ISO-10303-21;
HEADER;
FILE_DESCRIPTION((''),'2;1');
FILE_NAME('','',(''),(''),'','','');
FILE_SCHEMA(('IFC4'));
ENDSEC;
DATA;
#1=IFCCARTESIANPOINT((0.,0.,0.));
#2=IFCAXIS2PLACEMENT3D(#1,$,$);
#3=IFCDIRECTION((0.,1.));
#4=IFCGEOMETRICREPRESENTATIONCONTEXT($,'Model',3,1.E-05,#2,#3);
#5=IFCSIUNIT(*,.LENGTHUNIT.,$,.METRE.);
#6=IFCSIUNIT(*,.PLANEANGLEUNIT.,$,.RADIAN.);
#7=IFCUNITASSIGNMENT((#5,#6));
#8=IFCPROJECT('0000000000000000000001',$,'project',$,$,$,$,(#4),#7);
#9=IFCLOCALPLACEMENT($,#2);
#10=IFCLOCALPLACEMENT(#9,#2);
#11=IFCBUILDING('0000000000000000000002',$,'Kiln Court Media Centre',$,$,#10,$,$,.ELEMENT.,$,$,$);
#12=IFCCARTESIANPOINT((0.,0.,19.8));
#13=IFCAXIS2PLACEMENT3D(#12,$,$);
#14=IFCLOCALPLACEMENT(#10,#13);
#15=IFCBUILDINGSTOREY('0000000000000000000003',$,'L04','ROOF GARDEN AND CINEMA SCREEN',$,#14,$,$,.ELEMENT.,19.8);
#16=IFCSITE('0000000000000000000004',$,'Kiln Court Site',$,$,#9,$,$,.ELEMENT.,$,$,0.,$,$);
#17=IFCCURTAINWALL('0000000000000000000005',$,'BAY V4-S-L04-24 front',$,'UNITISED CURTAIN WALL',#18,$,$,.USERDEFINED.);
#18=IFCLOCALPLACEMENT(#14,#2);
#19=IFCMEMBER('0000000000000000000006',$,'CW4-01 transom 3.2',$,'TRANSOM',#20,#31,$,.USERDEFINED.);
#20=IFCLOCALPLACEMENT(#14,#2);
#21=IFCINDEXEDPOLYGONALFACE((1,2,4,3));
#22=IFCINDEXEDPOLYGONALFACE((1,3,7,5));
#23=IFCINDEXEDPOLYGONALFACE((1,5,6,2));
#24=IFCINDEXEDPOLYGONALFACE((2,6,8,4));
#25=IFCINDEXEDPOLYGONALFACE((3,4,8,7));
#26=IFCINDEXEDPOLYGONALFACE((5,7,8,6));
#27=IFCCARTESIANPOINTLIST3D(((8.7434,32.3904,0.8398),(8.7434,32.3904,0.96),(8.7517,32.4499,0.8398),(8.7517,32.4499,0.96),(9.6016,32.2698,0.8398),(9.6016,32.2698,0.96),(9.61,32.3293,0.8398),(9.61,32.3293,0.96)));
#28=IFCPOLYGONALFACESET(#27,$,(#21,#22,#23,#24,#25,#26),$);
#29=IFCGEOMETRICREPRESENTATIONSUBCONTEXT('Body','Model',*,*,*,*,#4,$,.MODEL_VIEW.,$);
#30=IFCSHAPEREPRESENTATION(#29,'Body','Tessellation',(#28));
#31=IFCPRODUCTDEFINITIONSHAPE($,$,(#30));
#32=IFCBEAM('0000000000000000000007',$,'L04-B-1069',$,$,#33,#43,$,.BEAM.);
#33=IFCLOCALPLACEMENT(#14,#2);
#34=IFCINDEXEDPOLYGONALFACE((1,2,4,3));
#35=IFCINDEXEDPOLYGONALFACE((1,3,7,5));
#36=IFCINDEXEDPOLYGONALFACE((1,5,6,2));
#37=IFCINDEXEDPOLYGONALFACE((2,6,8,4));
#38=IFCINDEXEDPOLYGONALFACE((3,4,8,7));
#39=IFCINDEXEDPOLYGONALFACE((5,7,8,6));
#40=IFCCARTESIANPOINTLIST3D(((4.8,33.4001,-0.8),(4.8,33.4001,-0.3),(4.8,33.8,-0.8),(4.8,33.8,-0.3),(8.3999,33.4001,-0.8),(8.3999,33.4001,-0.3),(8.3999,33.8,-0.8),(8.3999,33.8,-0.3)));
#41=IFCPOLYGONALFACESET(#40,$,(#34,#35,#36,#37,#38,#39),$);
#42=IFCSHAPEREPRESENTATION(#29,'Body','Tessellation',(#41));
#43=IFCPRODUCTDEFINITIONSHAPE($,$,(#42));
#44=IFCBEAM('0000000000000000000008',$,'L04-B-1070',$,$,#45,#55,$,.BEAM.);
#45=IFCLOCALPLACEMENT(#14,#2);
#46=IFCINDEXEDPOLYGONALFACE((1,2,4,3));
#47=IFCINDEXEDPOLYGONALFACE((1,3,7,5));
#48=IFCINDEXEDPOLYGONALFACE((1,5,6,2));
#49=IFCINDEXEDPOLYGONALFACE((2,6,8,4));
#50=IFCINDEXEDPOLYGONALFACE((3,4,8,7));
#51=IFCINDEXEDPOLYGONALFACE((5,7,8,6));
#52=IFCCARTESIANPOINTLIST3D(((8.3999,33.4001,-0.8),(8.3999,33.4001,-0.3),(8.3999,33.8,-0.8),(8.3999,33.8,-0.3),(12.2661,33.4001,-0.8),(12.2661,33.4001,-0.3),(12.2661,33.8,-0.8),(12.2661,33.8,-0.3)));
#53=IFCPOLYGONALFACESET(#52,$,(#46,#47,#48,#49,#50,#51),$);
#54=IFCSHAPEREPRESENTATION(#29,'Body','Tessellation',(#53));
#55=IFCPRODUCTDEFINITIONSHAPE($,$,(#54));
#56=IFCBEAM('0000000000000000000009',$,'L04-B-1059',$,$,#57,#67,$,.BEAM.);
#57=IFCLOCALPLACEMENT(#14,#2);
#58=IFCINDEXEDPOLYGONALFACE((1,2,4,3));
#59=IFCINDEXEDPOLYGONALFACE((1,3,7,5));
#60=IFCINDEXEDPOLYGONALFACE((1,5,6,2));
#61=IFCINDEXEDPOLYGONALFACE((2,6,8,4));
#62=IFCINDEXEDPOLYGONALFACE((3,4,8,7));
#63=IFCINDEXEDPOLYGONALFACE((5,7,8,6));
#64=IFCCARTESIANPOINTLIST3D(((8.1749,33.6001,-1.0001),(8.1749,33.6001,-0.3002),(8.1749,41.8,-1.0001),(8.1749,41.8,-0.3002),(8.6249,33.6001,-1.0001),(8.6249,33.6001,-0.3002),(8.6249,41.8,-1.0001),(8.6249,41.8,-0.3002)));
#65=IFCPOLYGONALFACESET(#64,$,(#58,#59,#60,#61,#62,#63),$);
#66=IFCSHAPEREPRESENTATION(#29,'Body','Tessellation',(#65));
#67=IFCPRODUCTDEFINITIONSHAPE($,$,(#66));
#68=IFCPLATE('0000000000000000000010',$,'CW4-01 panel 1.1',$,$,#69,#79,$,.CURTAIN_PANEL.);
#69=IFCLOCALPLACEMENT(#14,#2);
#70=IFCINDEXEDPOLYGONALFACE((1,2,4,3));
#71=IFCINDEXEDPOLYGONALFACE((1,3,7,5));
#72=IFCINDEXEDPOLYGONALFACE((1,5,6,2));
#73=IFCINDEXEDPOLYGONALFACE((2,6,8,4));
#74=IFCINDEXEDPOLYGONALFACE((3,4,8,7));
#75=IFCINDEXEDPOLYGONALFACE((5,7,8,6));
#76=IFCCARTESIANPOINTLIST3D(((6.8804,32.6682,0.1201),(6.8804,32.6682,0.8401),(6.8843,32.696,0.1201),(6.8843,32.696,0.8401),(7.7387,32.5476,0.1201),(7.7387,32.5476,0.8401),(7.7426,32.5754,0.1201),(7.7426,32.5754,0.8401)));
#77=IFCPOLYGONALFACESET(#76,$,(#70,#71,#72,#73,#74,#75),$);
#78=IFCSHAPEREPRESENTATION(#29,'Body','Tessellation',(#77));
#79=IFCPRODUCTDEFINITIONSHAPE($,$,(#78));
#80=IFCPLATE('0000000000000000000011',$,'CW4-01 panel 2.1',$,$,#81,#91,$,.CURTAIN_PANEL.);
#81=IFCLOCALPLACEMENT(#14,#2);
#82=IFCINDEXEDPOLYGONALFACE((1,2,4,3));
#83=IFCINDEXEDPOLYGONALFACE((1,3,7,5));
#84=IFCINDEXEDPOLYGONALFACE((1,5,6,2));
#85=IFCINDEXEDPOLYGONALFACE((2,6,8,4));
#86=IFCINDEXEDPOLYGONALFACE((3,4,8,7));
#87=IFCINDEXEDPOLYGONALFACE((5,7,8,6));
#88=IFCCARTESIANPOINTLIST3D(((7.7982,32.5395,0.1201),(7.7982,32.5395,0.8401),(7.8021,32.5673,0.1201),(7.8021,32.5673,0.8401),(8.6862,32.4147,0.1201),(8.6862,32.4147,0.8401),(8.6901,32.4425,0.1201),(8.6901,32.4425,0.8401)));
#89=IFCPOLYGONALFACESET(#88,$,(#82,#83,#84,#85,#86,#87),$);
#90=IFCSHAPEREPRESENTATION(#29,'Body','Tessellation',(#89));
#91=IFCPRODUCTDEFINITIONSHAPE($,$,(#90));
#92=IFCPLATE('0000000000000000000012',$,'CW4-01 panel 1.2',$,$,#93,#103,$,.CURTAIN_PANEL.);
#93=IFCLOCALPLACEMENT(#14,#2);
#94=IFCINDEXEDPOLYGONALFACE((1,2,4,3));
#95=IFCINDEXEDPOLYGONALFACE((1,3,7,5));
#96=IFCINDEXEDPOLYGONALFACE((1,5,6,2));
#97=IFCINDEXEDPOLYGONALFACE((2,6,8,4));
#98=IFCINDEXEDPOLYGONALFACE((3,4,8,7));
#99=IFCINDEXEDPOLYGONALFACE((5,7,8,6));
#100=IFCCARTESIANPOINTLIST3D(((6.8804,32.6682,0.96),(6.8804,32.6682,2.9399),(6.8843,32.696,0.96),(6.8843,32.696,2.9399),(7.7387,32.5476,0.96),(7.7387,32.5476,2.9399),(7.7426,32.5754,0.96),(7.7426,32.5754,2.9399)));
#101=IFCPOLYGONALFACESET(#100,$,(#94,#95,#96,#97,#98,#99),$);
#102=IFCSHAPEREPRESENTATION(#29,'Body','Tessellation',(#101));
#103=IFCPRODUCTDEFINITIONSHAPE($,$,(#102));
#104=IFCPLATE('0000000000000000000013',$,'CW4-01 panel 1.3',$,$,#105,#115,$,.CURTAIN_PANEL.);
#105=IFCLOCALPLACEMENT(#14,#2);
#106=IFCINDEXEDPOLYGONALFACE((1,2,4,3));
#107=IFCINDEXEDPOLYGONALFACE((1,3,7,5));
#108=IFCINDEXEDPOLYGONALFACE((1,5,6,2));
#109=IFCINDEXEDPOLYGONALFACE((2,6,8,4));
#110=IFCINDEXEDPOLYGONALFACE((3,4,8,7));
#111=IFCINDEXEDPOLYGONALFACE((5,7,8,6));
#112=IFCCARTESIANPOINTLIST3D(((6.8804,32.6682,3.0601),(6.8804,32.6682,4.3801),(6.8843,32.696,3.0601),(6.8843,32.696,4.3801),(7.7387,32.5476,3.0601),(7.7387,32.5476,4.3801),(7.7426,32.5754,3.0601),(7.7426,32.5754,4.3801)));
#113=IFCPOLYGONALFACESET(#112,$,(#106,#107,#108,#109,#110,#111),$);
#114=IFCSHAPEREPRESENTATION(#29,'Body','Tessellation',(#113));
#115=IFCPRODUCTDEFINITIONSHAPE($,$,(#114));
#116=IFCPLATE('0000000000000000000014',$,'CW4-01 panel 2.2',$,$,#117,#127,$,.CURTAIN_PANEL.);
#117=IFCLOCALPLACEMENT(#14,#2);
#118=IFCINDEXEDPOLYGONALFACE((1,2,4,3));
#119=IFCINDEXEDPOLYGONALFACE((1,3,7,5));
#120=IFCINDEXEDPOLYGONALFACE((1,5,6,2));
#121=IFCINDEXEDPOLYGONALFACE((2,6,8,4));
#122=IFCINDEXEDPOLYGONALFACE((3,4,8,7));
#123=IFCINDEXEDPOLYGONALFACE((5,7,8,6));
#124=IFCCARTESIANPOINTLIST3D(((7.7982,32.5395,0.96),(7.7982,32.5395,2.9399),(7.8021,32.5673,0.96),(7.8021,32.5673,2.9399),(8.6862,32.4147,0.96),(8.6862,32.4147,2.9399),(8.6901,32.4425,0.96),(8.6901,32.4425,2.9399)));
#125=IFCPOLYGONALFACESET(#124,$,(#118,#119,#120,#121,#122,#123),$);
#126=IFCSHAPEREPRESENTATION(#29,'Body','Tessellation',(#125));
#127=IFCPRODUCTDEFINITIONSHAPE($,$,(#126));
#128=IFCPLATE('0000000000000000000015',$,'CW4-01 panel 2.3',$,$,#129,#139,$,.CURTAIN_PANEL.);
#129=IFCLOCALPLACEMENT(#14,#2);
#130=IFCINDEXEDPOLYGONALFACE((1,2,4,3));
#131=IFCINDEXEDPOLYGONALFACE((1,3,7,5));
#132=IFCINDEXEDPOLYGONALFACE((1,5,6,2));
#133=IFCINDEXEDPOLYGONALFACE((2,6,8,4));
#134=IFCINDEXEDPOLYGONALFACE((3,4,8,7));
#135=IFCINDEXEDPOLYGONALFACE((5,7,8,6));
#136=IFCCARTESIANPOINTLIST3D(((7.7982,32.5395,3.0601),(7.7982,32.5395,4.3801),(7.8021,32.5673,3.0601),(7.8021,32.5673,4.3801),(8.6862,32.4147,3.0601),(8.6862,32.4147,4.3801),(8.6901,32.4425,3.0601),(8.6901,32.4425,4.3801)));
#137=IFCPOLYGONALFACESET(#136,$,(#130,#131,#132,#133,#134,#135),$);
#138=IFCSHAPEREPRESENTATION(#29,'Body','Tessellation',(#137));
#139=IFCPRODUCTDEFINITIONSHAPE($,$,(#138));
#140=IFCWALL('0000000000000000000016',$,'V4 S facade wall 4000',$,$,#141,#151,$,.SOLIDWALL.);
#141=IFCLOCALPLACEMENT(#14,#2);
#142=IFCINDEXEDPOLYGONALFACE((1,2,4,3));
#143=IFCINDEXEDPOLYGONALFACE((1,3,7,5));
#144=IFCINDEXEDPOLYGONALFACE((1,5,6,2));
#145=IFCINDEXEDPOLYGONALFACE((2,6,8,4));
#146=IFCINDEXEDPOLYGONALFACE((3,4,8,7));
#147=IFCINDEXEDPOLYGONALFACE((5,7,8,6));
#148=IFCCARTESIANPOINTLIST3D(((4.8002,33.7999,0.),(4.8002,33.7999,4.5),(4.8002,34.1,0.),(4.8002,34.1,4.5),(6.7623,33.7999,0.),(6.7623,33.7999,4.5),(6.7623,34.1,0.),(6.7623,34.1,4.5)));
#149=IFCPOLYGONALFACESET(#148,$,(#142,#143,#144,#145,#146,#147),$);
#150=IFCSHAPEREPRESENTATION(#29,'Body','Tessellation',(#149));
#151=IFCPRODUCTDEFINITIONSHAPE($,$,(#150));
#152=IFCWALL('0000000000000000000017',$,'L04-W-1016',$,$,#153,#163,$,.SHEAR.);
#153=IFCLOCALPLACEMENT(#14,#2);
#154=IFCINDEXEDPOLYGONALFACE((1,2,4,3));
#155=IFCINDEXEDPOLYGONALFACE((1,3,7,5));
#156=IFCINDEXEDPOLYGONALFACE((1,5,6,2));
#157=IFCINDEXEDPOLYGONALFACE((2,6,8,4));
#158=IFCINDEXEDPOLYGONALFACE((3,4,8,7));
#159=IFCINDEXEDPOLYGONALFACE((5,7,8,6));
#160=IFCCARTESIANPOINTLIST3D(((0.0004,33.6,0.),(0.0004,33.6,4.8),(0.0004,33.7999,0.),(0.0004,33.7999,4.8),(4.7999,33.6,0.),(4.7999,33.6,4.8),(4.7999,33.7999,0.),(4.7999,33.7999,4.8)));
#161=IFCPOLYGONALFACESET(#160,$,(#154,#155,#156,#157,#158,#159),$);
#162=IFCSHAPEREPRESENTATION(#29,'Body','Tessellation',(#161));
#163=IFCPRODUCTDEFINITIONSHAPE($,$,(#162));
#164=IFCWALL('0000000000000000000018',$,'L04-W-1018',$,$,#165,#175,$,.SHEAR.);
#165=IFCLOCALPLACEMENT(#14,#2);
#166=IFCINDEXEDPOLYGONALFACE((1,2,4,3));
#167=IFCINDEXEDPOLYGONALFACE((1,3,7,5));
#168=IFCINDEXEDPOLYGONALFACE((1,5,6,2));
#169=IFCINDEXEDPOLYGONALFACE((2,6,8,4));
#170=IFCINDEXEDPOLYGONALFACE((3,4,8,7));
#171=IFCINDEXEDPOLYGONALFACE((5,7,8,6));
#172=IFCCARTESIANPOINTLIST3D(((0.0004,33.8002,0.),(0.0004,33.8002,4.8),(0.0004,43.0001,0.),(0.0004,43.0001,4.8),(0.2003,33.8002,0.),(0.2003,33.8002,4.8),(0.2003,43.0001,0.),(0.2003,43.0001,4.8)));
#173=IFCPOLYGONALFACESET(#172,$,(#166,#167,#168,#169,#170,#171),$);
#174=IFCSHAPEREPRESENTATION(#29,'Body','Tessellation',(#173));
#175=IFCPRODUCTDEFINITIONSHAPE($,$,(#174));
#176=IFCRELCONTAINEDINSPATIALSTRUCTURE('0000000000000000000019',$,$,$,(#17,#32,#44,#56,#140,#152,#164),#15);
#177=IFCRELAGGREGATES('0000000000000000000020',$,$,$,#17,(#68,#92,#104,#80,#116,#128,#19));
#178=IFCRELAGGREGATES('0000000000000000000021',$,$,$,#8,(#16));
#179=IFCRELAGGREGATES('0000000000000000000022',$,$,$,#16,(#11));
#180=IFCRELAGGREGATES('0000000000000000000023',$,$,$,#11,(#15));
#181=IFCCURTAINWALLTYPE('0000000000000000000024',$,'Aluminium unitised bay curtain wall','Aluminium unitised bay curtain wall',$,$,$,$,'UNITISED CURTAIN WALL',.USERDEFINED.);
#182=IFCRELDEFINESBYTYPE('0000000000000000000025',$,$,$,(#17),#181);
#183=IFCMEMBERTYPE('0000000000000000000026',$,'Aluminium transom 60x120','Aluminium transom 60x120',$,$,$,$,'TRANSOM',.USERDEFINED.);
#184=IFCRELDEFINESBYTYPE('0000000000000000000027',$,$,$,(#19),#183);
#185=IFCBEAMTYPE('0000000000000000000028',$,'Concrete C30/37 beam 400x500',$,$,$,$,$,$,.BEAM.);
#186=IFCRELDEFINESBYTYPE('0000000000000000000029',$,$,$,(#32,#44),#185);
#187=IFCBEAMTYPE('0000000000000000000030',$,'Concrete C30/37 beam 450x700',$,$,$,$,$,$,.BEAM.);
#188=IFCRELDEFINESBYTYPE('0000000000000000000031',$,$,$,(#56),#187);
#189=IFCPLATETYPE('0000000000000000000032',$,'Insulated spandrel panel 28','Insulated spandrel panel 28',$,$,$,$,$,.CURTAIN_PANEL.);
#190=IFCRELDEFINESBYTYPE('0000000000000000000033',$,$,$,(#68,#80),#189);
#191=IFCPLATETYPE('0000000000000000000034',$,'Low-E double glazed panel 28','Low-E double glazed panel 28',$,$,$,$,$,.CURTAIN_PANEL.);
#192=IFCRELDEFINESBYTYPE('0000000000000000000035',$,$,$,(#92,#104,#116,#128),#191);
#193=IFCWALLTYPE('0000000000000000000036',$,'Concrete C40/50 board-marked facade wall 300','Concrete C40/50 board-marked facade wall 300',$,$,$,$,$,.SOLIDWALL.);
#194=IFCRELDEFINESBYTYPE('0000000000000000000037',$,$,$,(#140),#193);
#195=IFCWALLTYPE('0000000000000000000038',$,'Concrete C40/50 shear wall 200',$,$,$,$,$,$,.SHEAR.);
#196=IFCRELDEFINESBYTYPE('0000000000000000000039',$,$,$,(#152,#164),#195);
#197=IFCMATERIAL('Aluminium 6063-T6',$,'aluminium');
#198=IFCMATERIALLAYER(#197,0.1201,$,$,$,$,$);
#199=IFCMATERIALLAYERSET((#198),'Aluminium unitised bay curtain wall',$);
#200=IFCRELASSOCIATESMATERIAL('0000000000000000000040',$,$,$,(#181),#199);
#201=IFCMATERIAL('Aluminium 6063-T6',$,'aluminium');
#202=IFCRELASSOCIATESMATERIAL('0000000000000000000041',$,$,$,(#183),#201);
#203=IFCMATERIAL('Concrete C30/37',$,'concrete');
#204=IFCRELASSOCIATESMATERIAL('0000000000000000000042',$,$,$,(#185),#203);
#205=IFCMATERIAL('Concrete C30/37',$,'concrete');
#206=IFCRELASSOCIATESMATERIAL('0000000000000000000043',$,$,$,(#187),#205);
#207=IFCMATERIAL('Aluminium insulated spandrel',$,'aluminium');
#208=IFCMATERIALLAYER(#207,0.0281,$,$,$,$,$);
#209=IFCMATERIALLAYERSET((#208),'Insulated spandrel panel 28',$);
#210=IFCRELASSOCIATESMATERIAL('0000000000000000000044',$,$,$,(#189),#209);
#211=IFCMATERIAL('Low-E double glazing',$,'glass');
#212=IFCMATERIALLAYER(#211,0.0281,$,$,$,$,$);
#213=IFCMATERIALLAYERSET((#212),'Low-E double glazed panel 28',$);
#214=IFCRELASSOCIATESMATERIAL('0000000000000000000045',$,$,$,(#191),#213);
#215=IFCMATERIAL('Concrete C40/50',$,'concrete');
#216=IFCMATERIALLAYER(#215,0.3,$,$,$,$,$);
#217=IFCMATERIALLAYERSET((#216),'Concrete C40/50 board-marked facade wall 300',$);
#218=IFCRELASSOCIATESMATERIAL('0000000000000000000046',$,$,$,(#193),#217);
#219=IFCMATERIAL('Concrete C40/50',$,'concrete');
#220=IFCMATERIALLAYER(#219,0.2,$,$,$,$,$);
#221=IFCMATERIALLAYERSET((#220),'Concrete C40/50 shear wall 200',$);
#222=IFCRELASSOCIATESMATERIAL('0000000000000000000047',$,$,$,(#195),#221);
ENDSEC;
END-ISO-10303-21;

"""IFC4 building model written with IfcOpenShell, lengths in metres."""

from ifc_helpers import new_model, si_unit, direction, frame, frame_2d, origin, origin_2d, place, context, subcontext, project, spatial, rectangle, extrude, material, layer, layer_set, material_profile, profile_set, type_object, element, aggregate, save


model = new_model("IFC4")

# Units and contexts
model_context = context("Model", 3, precision=1e-05, world=origin(), true_north=direction((0.0, 1.0)))
body_context = subcontext(model_context, "Body", "Model", "MODEL_VIEW")
ifc_project = project(units=[si_unit("LENGTHUNIT", "METRE"), si_unit("PLANEANGLEUNIT", "RADIAN")], contexts=[model_context])

# Site, building, storey
site_placement = place(None, origin())
site = spatial("IfcSite", under=ifc_project, at=site_placement, Name="Kiln Court Site", CompositionType="ELEMENT", RefElevation=0.0)
building_placement = place(site_placement, origin())
building = spatial("IfcBuilding", under=site, at=building_placement, Name="Kiln Court Media Centre", CompositionType="ELEMENT")
storey_placement = place(building_placement, frame((0.0, 0.0, 19.8)))
storey = spatial("IfcBuildingStorey", under=building, at=storey_placement, Name="L04", Description="ROOF GARDEN AND CINEMA SCREEN", CompositionType="ELEMENT", Elevation=19.8)

# Curtain wall, member
ifc_material_1 = material(Name="Aluminium 6063-T6", Category="aluminium")
ifc_layer_1 = layer(ifc_material_1, 0.1201)
ifc_layer_set_1 = layer_set([ifc_layer_1], Name="Aluminium unitised bay curtain wall")
curtain_wall_type = type_object("IfcCurtainWallType", Name="Aluminium unitised bay curtain wall", Description="Aluminium unitised bay curtain wall", ElementType="UNITISED CURTAIN WALL", PredefinedType="USERDEFINED", material=ifc_layer_set_1)
curtain_wall_placement = place(storey_placement, origin())
curtain_wall = element("IfcCurtainWall", 1, at=curtain_wall_placement, inside=storey, type_object=curtain_wall_type, Name="BAY V4-S-L04-24 front", ObjectType="UNITISED CURTAIN WALL", PredefinedType="USERDEFINED")
ifc_material_2 = material(Name="Aluminium 6063-T6", Category="aluminium")
ifc_material_profile_1 = material_profile(ifc_material_2, rectangle(XDim=0.0601, YDim=0.1201, at=origin_2d()), Name="Aluminium transom 60x120")
ifc_profile_set_1 = profile_set([ifc_material_profile_1], Name="Aluminium 6063-T6")
member_type_1 = type_object("IfcMemberType", Name="Aluminium transom 60x120", Description="Aluminium transom 60x120", ElementType="TRANSOM", PredefinedType="USERDEFINED", material=ifc_profile_set_1)
member_1_placement = place(storey_placement, frame((8.7476, 32.4202, 0.8999), z_axis=(0.990268, -0.139173, 0.0), x_axis=(0.139173, 0.990268, 0.0)))
member_1 = element("IfcMember", 2, at=member_1_placement, type_object=member_type_1, Name="CW4-01 transom 3.2", ObjectType="TRANSOM", PredefinedType="USERDEFINED", context=body_context, shape_type="SweptSolid", body=[
    extrude(rectangle(XDim=0.0601, YDim=0.1201, at=origin_2d()), origin(), (0.0, 0.0, 1.0), 0.8667),
])

# Beams
ifc_material_3 = material(Name="Concrete C30/37", Category="concrete")
ifc_material_profile_2 = material_profile(ifc_material_3, rectangle(XDim=0.3999, YDim=0.5, at=origin_2d()), Name="RC 400x500")
ifc_profile_set_2 = profile_set([ifc_material_profile_2], Name="Concrete C30/37")
beam_type_1 = type_object("IfcBeamType", Name="Concrete C30/37 beam 400x500", PredefinedType="BEAM", material=ifc_profile_set_2)
beam_1_placement = place(storey_placement, frame((4.8, 33.6001, -0.55), z_axis=(1.0, 0.0, 0.0), x_axis=(0.0, 1.0, 0.0)))
element("IfcBeam", 3, at=beam_1_placement, inside=storey, type_object=beam_type_1, Name="L04-B-1069", PredefinedType="BEAM", context=body_context, shape_type="SweptSolid", body=[
    extrude(rectangle(XDim=0.3999, YDim=0.5, at=origin_2d()), origin(), (0.0, 0.0, 1.0), 3.5999),
])
beam_2_placement = place(storey_placement, frame((8.3999, 33.6001, -0.55), z_axis=(1.0, 0.0, 0.0), x_axis=(0.0, 1.0, 0.0)))
element("IfcBeam", 4, at=beam_2_placement, inside=storey, type_object=beam_type_1, Name="L04-B-1070", PredefinedType="BEAM", context=body_context, shape_type="SweptSolid", body=[
    extrude(rectangle(XDim=0.3999, YDim=0.5, at=origin_2d()), origin(), (0.0, 0.0, 1.0), 3.8662),
])
ifc_material_4 = material(Name="Concrete C30/37", Category="concrete")
ifc_material_profile_3 = material_profile(ifc_material_4, rectangle(XDim=0.45, YDim=0.7, at=origin_2d()), Name="RC 450x700")
ifc_profile_set_3 = profile_set([ifc_material_profile_3], Name="Concrete C30/37")
beam_type_2 = type_object("IfcBeamType", Name="Concrete C30/37 beam 450x700", PredefinedType="BEAM", material=ifc_profile_set_3)
beam_3_placement = place(storey_placement, frame((8.3999, 33.6001, -0.6501), z_axis=(0.0, 1.0, 0.0), x_axis=(-1.0, 0.0, 0.0)))
element("IfcBeam", 5, at=beam_3_placement, inside=storey, type_object=beam_type_2, Name="L04-B-1059", PredefinedType="BEAM", context=body_context, shape_type="SweptSolid", body=[
    extrude(rectangle(XDim=0.45, YDim=0.7, at=origin_2d()), origin(), (0.0, 0.0, 1.0), 8.2),
])

# Plates
ifc_material_5 = material(Name="Aluminium insulated spandrel", Category="aluminium")
ifc_layer_2 = layer(ifc_material_5, 0.0281)
ifc_layer_set_2 = layer_set([ifc_layer_2], Name="Insulated spandrel panel 28")
plate_type_1 = type_object("IfcPlateType", Name="Insulated spandrel panel 28", Description="Insulated spandrel panel 28", PredefinedType="CURTAIN_PANEL", material=ifc_layer_set_2)
plate_1_placement = place(storey_placement, frame((7.3115, 32.6218, 0.1201), z_axis=(0.0, 0.0, 1.0), x_axis=(0.99027, -0.139162, 0.0)))
plate_1 = element("IfcPlate", 6, at=plate_1_placement, type_object=plate_type_1, Name="CW4-01 panel 1.1", PredefinedType="CURTAIN_PANEL", context=body_context, shape_type="SweptSolid", body=[
    extrude(rectangle(XDim=0.8667, YDim=0.0281, at=origin_2d()), origin(), (0.0, 0.0, 1.0), 0.72),
])
plate_2_placement = place(storey_placement, frame((8.2441, 32.491, 0.1201), z_axis=(0.0, 0.0, 1.0), x_axis=(0.99027, -0.139162, 0.0)))
plate_2 = element("IfcPlate", 7, at=plate_2_placement, type_object=plate_type_1, Name="CW4-01 panel 2.1", PredefinedType="CURTAIN_PANEL", context=body_context, shape_type="SweptSolid", body=[
    extrude(rectangle(XDim=0.8967, YDim=0.0281, at=origin_2d()), origin(), (0.0, 0.0, 1.0), 0.72),
])
ifc_material_6 = material(Name="Low-E double glazing", Category="glass")
ifc_layer_3 = layer(ifc_material_6, 0.0281)
ifc_layer_set_3 = layer_set([ifc_layer_3], Name="Low-E double glazed panel 28")
plate_type_2 = type_object("IfcPlateType", Name="Low-E double glazed panel 28", Description="Low-E double glazed panel 28", PredefinedType="CURTAIN_PANEL", material=ifc_layer_set_3)
plate_3_placement = place(storey_placement, frame((7.3115, 32.6218, 0.96), z_axis=(0.0, 0.0, 1.0), x_axis=(0.99027, -0.139162, 0.0)))
plate_3 = element("IfcPlate", 8, at=plate_3_placement, type_object=plate_type_2, Name="CW4-01 panel 1.2", PredefinedType="CURTAIN_PANEL", context=body_context, shape_type="SweptSolid", body=[
    extrude(rectangle(XDim=0.8667, YDim=0.0281, at=origin_2d()), origin(), (0.0, 0.0, 1.0), 1.98),
])
plate_4_placement = place(storey_placement, frame((7.3115, 32.6218, 3.0601), z_axis=(0.0, 0.0, 1.0), x_axis=(0.99027, -0.139162, 0.0)))
plate_4 = element("IfcPlate", 9, at=plate_4_placement, type_object=plate_type_2, Name="CW4-01 panel 1.3", PredefinedType="CURTAIN_PANEL", context=body_context, shape_type="SweptSolid", body=[
    extrude(rectangle(XDim=0.8667, YDim=0.0281, at=origin_2d()), origin(), (0.0, 0.0, 1.0), 1.3201),
])
plate_5_placement = place(storey_placement, frame((8.2441, 32.491, 0.96), z_axis=(0.0, 0.0, 1.0), x_axis=(0.99027, -0.139162, 0.0)))
plate_5 = element("IfcPlate", 10, at=plate_5_placement, type_object=plate_type_2, Name="CW4-01 panel 2.2", PredefinedType="CURTAIN_PANEL", context=body_context, shape_type="SweptSolid", body=[
    extrude(rectangle(XDim=0.8967, YDim=0.0281, at=origin_2d()), origin(), (0.0, 0.0, 1.0), 1.98),
])
plate_6_placement = place(storey_placement, frame((8.2441, 32.491, 3.0601), z_axis=(0.0, 0.0, 1.0), x_axis=(0.99027, -0.139162, 0.0)))
plate_6 = element("IfcPlate", 11, at=plate_6_placement, type_object=plate_type_2, Name="CW4-01 panel 2.3", PredefinedType="CURTAIN_PANEL", context=body_context, shape_type="SweptSolid", body=[
    extrude(rectangle(XDim=0.8967, YDim=0.0281, at=origin_2d()), origin(), (0.0, 0.0, 1.0), 1.3201),
])
aggregate(curtain_wall, [plate_1, plate_3, plate_4, plate_2, plate_5, plate_6, member_1])

# Walls
ifc_material_7 = material(Name="Concrete C40/50", Category="concrete")
ifc_layer_4 = layer(ifc_material_7, 0.3)
ifc_layer_set_4 = layer_set([ifc_layer_4], Name="Concrete C40/50 board-marked facade wall 300")
wall_type_1 = type_object("IfcWallType", Name="Concrete C40/50 board-marked facade wall 300", Description="Concrete C40/50 board-marked facade wall 300", PredefinedType="SOLIDWALL", material=ifc_layer_set_4)
wall_1_placement = place(storey_placement, frame((6.7622, 33.95, 0.0), z_axis=(0.0, 0.0, 1.0), x_axis=(-1.0, 0.0, 0.0)))
element("IfcWall", 12, at=wall_1_placement, inside=storey, type_object=wall_type_1, Name="V4 S facade wall 4000", PredefinedType="SOLIDWALL", context=body_context, shape_type="SweptSolid", body=[
    extrude(rectangle(XDim=1.9622, YDim=0.3, at=frame_2d((0.981, 0.0))), origin(), (0.0, 0.0, 1.0), 4.5),
])
ifc_material_8 = material(Name="Concrete C40/50", Category="concrete")
ifc_layer_5 = layer(ifc_material_8, 0.2)
ifc_layer_set_5 = layer_set([ifc_layer_5], Name="Concrete C40/50 shear wall 200")
wall_type_2 = type_object("IfcWallType", Name="Concrete C40/50 shear wall 200", PredefinedType="SHEAR", material=ifc_layer_set_5)
wall_2_placement = place(storey_placement, frame((4.8, 33.7, 0.0), z_axis=(0.0, 0.0, 1.0), x_axis=(-1.0, 0.0, 0.0)))
element("IfcWall", 13, at=wall_2_placement, inside=storey, type_object=wall_type_2, Name="L04-W-1016", PredefinedType="SHEAR", context=body_context, shape_type="SweptSolid", body=[
    extrude(rectangle(XDim=4.7996, YDim=0.2, at=frame_2d((2.3999, 0.0))), origin(), (0.0, 0.0, 1.0), 4.8),
])
wall_3_placement = place(storey_placement, frame((0.1003, 33.8, 0.0), z_axis=(0.0, 0.0, 1.0), x_axis=(0.0, 1.0, 0.0)))
element("IfcWall", 14, at=wall_3_placement, inside=storey, type_object=wall_type_2, Name="L04-W-1018", PredefinedType="SHEAR", context=body_context, shape_type="SweptSolid", body=[
    extrude(rectangle(XDim=9.2, YDim=0.2, at=frame_2d((4.6001, 0.0))), origin(), (0.0, 0.0, 1.0), 4.8),
])

save(model, "model.ifc")
